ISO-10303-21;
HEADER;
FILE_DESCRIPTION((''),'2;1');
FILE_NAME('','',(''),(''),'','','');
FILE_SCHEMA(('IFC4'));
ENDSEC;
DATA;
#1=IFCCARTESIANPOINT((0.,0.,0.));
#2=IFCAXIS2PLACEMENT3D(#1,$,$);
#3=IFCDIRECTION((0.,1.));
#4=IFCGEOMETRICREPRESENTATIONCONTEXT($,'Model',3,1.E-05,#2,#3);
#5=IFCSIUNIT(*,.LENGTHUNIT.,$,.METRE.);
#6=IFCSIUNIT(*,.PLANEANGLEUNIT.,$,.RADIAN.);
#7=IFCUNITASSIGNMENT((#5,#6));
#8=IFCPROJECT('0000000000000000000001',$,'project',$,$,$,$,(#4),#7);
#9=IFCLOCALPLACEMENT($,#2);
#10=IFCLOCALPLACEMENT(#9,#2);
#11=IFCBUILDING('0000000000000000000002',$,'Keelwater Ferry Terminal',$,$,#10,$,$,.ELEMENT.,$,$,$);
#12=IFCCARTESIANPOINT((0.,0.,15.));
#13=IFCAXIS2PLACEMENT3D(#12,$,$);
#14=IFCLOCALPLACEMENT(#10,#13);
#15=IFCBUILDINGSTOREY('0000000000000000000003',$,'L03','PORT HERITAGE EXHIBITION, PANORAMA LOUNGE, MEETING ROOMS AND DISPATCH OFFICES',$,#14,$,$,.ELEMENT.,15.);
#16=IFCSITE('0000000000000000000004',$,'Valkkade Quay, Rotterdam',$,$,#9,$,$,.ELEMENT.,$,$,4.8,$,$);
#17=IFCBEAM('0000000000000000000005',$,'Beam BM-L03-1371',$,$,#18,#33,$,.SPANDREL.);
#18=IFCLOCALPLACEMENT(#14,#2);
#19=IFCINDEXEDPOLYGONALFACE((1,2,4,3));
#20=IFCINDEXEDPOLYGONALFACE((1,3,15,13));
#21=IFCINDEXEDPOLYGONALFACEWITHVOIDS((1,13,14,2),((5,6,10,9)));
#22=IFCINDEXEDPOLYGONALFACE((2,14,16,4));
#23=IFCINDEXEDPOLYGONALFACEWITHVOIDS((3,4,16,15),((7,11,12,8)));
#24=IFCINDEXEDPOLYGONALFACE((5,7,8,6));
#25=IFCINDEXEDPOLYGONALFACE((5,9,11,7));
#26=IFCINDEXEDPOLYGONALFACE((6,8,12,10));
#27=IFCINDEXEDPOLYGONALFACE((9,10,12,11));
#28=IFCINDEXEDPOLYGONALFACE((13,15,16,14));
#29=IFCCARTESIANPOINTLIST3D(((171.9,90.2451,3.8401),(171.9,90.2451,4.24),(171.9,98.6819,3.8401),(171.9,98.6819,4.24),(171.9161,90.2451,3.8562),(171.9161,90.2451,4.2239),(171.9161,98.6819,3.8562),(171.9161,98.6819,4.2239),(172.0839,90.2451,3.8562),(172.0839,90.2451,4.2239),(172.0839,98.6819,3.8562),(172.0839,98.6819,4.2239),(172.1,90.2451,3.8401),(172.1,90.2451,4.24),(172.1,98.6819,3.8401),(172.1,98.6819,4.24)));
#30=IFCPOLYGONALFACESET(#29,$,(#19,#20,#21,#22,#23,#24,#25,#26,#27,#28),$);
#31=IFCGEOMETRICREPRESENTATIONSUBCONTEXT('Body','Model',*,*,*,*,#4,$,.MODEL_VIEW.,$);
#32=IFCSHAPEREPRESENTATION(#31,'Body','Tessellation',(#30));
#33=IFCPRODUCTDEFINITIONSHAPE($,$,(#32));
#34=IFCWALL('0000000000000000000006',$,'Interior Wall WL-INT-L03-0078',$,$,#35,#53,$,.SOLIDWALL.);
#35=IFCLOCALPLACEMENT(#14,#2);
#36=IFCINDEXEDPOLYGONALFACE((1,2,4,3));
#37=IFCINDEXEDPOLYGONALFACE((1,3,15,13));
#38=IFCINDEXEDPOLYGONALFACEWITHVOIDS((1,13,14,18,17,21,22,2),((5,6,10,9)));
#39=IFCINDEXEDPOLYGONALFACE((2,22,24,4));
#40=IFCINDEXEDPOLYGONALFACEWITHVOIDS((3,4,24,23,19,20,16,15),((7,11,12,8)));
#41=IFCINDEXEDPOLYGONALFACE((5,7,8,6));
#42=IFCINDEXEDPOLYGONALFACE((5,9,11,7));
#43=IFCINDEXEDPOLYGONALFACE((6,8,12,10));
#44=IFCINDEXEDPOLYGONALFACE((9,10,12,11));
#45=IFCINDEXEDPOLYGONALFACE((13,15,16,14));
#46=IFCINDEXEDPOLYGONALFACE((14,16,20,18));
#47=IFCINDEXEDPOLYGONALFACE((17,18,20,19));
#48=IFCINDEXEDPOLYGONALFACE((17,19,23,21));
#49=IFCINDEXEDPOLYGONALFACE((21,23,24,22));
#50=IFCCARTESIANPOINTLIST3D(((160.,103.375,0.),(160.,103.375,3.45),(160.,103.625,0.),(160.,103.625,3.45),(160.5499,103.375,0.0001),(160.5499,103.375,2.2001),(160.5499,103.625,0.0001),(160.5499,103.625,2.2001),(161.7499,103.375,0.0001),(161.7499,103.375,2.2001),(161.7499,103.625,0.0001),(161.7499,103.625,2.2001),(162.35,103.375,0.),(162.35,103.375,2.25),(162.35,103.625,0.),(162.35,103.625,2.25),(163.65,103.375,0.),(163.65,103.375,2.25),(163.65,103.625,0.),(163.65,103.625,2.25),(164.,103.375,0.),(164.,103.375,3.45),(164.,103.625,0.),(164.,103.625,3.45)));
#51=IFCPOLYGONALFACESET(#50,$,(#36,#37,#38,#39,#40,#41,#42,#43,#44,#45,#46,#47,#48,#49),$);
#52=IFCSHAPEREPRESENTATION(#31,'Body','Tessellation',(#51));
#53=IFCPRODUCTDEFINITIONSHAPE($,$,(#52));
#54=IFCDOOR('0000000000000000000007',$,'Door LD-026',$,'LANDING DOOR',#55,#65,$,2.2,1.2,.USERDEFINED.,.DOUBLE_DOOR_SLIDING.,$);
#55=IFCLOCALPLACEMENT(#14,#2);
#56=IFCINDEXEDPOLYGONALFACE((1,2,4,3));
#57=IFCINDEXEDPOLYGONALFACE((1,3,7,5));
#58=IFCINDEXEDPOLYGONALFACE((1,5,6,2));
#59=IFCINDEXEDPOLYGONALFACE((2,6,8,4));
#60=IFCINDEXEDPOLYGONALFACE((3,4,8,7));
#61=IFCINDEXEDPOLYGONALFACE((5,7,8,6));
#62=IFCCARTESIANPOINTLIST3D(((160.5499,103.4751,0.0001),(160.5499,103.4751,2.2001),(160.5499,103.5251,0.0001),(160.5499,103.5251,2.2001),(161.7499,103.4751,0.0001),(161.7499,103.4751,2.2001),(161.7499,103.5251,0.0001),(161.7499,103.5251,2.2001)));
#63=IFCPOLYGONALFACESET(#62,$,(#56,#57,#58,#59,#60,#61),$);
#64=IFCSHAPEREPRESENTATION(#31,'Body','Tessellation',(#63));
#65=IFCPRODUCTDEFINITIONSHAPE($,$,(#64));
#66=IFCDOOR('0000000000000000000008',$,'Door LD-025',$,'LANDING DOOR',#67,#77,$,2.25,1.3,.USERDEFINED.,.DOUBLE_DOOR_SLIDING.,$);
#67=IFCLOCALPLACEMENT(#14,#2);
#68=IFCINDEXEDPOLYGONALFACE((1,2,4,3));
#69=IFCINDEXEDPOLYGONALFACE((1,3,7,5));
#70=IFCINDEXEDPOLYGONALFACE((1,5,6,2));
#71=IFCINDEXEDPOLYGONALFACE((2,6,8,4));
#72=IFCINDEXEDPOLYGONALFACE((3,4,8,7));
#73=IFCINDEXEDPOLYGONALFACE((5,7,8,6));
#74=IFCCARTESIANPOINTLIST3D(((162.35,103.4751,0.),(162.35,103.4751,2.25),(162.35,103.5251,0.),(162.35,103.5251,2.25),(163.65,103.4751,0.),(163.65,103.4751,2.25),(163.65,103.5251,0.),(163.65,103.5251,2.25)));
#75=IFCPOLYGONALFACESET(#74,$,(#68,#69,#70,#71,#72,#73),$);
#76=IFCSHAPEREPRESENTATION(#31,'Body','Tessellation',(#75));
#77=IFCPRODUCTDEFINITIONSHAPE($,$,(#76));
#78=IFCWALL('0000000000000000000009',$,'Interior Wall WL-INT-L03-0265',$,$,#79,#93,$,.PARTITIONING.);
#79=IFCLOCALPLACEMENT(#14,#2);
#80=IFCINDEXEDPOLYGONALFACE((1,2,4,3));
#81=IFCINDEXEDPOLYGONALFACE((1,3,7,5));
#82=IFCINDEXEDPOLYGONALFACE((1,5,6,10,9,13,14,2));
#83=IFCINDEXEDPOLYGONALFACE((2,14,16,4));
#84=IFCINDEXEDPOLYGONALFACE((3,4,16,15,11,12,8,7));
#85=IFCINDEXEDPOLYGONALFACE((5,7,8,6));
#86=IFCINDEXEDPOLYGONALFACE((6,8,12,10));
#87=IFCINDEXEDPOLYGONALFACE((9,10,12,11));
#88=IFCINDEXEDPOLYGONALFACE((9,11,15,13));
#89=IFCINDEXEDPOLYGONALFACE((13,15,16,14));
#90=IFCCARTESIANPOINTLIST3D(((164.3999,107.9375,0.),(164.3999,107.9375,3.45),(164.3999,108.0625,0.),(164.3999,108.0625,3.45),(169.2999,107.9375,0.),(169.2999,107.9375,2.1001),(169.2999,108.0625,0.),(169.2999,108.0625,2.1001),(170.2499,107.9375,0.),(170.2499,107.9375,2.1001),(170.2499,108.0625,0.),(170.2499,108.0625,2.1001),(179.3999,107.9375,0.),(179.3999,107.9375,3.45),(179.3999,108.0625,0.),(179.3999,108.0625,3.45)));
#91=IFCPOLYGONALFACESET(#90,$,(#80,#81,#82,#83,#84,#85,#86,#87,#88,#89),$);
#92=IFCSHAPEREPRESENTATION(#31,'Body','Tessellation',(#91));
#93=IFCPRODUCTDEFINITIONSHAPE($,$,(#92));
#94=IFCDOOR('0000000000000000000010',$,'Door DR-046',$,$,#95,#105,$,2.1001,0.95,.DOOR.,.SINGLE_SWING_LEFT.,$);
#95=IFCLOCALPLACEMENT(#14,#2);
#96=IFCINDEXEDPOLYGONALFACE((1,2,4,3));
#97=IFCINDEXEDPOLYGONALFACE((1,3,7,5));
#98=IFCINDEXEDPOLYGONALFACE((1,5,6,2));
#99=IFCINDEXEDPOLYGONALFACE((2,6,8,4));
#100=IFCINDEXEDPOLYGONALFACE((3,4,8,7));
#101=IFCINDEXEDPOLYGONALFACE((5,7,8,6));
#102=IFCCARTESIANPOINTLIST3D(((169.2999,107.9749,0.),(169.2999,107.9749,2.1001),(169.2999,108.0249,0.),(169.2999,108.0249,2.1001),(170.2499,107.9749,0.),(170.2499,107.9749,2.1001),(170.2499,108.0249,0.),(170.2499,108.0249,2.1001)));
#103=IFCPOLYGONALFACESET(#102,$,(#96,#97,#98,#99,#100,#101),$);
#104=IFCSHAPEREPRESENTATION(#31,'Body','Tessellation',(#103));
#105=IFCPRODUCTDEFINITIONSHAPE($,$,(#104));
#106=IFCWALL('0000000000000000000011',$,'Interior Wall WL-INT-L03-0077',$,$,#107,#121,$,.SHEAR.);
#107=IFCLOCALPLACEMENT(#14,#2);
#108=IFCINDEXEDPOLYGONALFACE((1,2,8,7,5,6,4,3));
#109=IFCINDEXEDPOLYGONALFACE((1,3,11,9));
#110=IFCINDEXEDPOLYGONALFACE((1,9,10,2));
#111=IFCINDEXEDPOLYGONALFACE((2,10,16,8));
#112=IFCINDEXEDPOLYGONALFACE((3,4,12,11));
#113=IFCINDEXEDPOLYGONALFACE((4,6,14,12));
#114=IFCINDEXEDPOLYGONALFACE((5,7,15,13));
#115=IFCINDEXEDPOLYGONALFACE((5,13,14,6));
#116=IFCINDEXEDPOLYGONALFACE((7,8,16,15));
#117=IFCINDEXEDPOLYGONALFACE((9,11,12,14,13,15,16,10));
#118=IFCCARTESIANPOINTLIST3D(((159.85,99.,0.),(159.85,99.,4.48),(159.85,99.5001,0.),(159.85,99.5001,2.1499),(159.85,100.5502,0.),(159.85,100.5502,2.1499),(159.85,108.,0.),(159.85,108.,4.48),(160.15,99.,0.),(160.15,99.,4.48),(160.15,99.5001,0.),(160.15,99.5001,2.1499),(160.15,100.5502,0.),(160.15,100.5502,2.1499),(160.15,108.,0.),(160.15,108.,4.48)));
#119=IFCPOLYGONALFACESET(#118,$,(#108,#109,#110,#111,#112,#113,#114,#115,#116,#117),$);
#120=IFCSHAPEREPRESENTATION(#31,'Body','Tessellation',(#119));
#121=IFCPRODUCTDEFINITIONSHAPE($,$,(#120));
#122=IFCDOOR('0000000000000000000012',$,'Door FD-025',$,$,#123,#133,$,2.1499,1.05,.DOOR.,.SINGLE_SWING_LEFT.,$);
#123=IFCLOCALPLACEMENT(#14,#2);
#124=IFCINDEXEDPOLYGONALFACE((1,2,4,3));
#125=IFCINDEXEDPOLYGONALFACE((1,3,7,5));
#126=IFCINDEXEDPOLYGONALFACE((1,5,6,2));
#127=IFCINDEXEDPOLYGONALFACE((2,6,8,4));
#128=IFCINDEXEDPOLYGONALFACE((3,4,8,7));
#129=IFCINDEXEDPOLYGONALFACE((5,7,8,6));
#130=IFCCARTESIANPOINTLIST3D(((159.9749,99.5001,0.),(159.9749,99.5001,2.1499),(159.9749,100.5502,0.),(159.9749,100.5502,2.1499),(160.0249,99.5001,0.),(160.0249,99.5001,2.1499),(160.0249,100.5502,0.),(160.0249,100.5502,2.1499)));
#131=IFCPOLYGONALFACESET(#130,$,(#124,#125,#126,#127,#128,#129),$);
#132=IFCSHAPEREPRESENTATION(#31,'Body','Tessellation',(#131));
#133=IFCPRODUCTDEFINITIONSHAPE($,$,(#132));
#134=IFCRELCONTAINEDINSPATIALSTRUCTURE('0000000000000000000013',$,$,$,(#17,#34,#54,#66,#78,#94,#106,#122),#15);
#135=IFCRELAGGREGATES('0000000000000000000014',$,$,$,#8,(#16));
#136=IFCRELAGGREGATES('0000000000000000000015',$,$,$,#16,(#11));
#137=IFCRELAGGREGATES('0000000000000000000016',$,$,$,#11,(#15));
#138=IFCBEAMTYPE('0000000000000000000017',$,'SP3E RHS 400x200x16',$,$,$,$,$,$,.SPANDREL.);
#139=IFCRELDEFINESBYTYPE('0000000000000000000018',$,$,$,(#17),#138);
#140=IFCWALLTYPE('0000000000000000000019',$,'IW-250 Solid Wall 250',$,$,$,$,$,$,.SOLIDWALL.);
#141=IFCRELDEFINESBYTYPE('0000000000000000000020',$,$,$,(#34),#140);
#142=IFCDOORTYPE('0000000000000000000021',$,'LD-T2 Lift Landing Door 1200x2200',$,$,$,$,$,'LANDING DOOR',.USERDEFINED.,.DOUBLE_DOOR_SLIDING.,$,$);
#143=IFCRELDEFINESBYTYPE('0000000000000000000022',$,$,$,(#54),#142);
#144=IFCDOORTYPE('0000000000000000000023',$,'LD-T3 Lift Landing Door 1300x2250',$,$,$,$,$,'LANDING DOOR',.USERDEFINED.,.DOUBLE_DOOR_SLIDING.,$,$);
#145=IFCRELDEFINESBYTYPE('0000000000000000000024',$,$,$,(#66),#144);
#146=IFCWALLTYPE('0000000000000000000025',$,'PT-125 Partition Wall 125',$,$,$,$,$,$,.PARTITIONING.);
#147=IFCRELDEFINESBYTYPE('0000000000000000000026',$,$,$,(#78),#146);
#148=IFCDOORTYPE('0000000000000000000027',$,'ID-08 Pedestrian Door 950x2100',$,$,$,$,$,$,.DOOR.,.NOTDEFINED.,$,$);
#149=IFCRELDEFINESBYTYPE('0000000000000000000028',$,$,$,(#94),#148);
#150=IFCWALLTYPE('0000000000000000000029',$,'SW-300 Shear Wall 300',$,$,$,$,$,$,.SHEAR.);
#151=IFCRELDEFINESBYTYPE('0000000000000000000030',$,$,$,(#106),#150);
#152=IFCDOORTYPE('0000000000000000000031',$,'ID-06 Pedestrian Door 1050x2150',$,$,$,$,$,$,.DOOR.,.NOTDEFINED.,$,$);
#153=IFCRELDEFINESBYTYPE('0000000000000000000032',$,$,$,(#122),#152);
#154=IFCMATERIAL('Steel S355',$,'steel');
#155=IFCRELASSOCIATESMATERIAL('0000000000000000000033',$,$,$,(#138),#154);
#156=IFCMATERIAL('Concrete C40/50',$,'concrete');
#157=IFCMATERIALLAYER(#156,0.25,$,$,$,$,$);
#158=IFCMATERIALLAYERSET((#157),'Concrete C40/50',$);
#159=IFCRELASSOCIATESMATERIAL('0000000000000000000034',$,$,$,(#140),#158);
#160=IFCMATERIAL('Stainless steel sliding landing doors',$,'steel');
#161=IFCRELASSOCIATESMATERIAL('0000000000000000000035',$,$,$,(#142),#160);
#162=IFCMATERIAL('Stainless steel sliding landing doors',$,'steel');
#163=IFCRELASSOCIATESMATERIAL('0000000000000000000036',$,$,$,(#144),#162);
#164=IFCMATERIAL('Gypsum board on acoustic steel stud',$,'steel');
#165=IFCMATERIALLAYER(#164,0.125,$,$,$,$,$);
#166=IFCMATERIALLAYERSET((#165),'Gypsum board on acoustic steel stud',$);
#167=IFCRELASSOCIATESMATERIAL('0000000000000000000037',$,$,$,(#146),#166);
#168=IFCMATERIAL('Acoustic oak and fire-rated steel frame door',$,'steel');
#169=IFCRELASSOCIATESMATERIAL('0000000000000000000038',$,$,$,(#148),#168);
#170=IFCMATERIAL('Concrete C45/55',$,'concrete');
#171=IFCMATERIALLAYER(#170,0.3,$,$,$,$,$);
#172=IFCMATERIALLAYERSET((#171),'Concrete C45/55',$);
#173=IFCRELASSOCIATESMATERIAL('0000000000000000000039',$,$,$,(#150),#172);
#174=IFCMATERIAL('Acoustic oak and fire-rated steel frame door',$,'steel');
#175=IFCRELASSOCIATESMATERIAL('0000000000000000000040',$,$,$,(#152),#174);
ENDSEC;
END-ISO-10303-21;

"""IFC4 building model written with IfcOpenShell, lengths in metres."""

from ifc_helpers import new_model, si_unit, direction, frame, frame_2d, origin, origin_2d, place, context, subcontext, project, spatial, rectangle, hollow_rectangle, extrude, material, layer, layer_set, material_profile, profile_set, type_object, element, fill, save


model = new_model("IFC4")

# Units and contexts
model_context = context("Model", 3, precision=1e-05, world=origin(), true_north=direction((0.0, 1.0)))
body_context = subcontext(model_context, "Body", "Model", "MODEL_VIEW")
ifc_project = project(units=[si_unit("LENGTHUNIT", "METRE"), si_unit("PLANEANGLEUNIT", "RADIAN")], contexts=[model_context])

# Site, building, storey
site_placement = place(None, origin())
site = spatial("IfcSite", under=ifc_project, at=site_placement, Name="Valkkade Quay, Rotterdam", CompositionType="ELEMENT", RefElevation=4.8)
building_placement = place(site_placement, origin())
building = spatial("IfcBuilding", under=site, at=building_placement, Name="Keelwater Ferry Terminal", CompositionType="ELEMENT")
storey_placement = place(building_placement, frame((0.0, 0.0, 15.0)))
storey = spatial("IfcBuildingStorey", under=building, at=storey_placement, Name="L03", Description="PORT HERITAGE EXHIBITION, PANORAMA LOUNGE, MEETING ROOMS AND DISPATCH OFFICES", CompositionType="ELEMENT", Elevation=15.0)

# Beam
ifc_material_1 = material(Name="Steel S355", Category="steel")
ifc_material_profile_1 = material_profile(ifc_material_1, hollow_rectangle(XDim=0.2, YDim=0.3999, WallThickness=0.0161, at=origin_2d()), Name="RHS 400x200x16")
ifc_profile_set_1 = profile_set([ifc_material_profile_1], Name="Steel S355")
beam_type_1 = type_object("IfcBeamType", Name="SP3E RHS 400x200x16", PredefinedType="SPANDREL", material=ifc_profile_set_1)
beam_1_placement = place(storey_placement, frame((172.0, 90.2451, 4.04), z_axis=(0.0, 1.0, 0.0), x_axis=(-1.0, 0.0, 0.0)))
element("IfcBeam", 1, at=beam_1_placement, inside=storey, type_object=beam_type_1, Name="Beam BM-L03-1371", PredefinedType="SPANDREL", context=body_context, shape_type="SweptSolid", body=[
    extrude(hollow_rectangle(XDim=0.2, YDim=0.3999, WallThickness=0.0161, at=origin_2d()), origin(), (0.0, 0.0, 1.0), 8.4368),
])

# Wall, openings, doors
ifc_material_2 = material(Name="Concrete C40/50", Category="concrete")
ifc_layer_1 = layer(ifc_material_2, 0.25)
ifc_layer_set_1 = layer_set([ifc_layer_1], Name="Concrete C40/50")
wall_type_1 = type_object("IfcWallType", Name="IW-250 Solid Wall 250", PredefinedType="SOLIDWALL", material=ifc_layer_set_1)
wall_1_placement = place(storey_placement, frame((164.0, 103.5, 0.0), z_axis=(0.0, 0.0, 1.0), x_axis=(-1.0, 0.0, 0.0)))
wall_1 = element("IfcWall", 2, at=wall_1_placement, inside=storey, type_object=wall_type_1, Name="Interior Wall WL-INT-L03-0078", PredefinedType="SOLIDWALL", context=body_context, shape_type="SweptSolid", body=[
    extrude(rectangle(XDim=4.0, YDim=0.25, at=frame_2d((2.0, 0.0))), origin(), (0.0, 0.0, 1.0), 3.45),
])
opening_1_placement = place(wall_1_placement, frame((0.3501, 0.0, 0.0)))
opening_1 = element("IfcOpeningElement", 3, at=opening_1_placement, cuts=wall_1, PredefinedType="OPENING", context=body_context, shape_type="SweptSolid", body=[
    extrude(rectangle(XDim=1.3, YDim=2.25, at=frame_2d((0.6499, 1.125))), frame((0.0, 0.135, 0.0), z_axis=(0.0, -1.0, 0.0), x_axis=(1.0, 0.0, 0.0)), (0.0, 0.0, 1.0), 0.27),
])
opening_2_placement = place(wall_1_placement, frame((2.25, 0.0, 0.0)))
opening_2 = element("IfcOpeningElement", 4, at=opening_2_placement, cuts=wall_1, PredefinedType="OPENING", context=body_context, shape_type="SweptSolid", body=[
    extrude(rectangle(XDim=1.2, YDim=2.2, at=frame_2d((0.6001, 1.1001))), frame((0.0, 0.135, 0.0), z_axis=(0.0, -1.0, 0.0), x_axis=(1.0, 0.0, 0.0)), (0.0, 0.0, 1.0), 0.27),
])
ifc_material_3 = material(Name="Stainless steel sliding landing doors", Category="steel")
door_type_1 = type_object("IfcDoorType", Name="LD-T2 Lift Landing Door 1200x2200", ElementType="LANDING DOOR", OperationType="DOUBLE_DOOR_SLIDING", PredefinedType="USERDEFINED", material=ifc_material_3)
door_1_placement = place(opening_2_placement, origin())
door_1 = element("IfcDoor", 5, at=door_1_placement, inside=storey, type_object=door_type_1, Name="Door LD-026", ObjectType="LANDING DOOR", OperationType="DOUBLE_DOOR_SLIDING", OverallHeight=2.2, OverallWidth=1.2, PredefinedType="USERDEFINED", context=body_context, shape_type="SweptSolid", body=[
    extrude(rectangle(XDim=1.2, YDim=2.2, at=frame_2d((0.6001, 1.1001))), frame((0.0, 0.0249, 0.0), z_axis=(0.0, -1.0, 0.0), x_axis=(1.0, 0.0, 0.0)), (0.0, 0.0, 1.0), 0.05),
])
fill(opening_2, door_1)
ifc_material_4 = material(Name="Stainless steel sliding landing doors", Category="steel")
door_type_2 = type_object("IfcDoorType", Name="LD-T3 Lift Landing Door 1300x2250", ElementType="LANDING DOOR", OperationType="DOUBLE_DOOR_SLIDING", PredefinedType="USERDEFINED", material=ifc_material_4)
door_2_placement = place(opening_1_placement, origin())
door_2 = element("IfcDoor", 6, at=door_2_placement, inside=storey, type_object=door_type_2, Name="Door LD-025", ObjectType="LANDING DOOR", OperationType="DOUBLE_DOOR_SLIDING", OverallHeight=2.25, OverallWidth=1.3, PredefinedType="USERDEFINED", context=body_context, shape_type="SweptSolid", body=[
    extrude(rectangle(XDim=1.3, YDim=2.25, at=frame_2d((0.6499, 1.125))), frame((0.0, 0.0249, 0.0), z_axis=(0.0, -1.0, 0.0), x_axis=(1.0, 0.0, 0.0)), (0.0, 0.0, 1.0), 0.05),
])
fill(opening_1, door_2)

# Walls, openings, doors
ifc_material_5 = material(Name="Gypsum board on acoustic steel stud", Category="steel")
ifc_layer_2 = layer(ifc_material_5, 0.125)
ifc_layer_set_2 = layer_set([ifc_layer_2], Name="Gypsum board on acoustic steel stud")
wall_type_2 = type_object("IfcWallType", Name="PT-125 Partition Wall 125", PredefinedType="PARTITIONING", material=ifc_layer_set_2)
wall_2_placement = place(storey_placement, frame((164.3999, 108.0, 0.0), z_axis=(0.0, 0.0, 1.0), x_axis=(1.0, 0.0, 0.0)))
wall_2 = element("IfcWall", 7, at=wall_2_placement, inside=storey, type_object=wall_type_2, Name="Interior Wall WL-INT-L03-0265", PredefinedType="PARTITIONING", context=body_context, shape_type="SweptSolid", body=[
    extrude(rectangle(XDim=15.0, YDim=0.125, at=frame_2d((7.5, 0.0))), origin(), (0.0, 0.0, 1.0), 3.45),
])
opening_3_placement = place(wall_2_placement, frame((4.8999, 0.0, 0.0)))
opening_3 = element("IfcOpeningElement", 8, at=opening_3_placement, cuts=wall_2, PredefinedType="OPENING", context=body_context, shape_type="SweptSolid", body=[
    extrude(rectangle(XDim=0.95, YDim=2.1001, at=frame_2d((0.4751, 1.05))), frame((0.0, 0.0725, 0.0), z_axis=(0.0, -1.0, 0.0), x_axis=(1.0, 0.0, 0.0)), (0.0, 0.0, 1.0), 0.145),
])
ifc_material_6 = material(Name="Acoustic oak and fire-rated steel frame door", Category="steel")
door_type_3 = type_object("IfcDoorType", Name="ID-08 Pedestrian Door 950x2100", OperationType="NOTDEFINED", PredefinedType="DOOR", material=ifc_material_6)
door_3_placement = place(opening_3_placement, origin())
door_3 = element("IfcDoor", 9, at=door_3_placement, inside=storey, type_object=door_type_3, Name="Door DR-046", OperationType="SINGLE_SWING_LEFT", OverallHeight=2.1001, OverallWidth=0.95, PredefinedType="DOOR", context=body_context, shape_type="SweptSolid", body=[
    extrude(rectangle(XDim=0.95, YDim=2.1001, at=frame_2d((0.4751, 1.05))), frame((0.0, 0.0249, 0.0), z_axis=(0.0, -1.0, 0.0), x_axis=(1.0, 0.0, 0.0)), (0.0, 0.0, 1.0), 0.05),
])
fill(opening_3, door_3)
ifc_material_7 = material(Name="Concrete C45/55", Category="concrete")
ifc_layer_3 = layer(ifc_material_7, 0.3)
ifc_layer_set_3 = layer_set([ifc_layer_3], Name="Concrete C45/55")
wall_type_3 = type_object("IfcWallType", Name="SW-300 Shear Wall 300", PredefinedType="SHEAR", material=ifc_layer_set_3)
wall_3_placement = place(storey_placement, frame((160.0, 108.0, 0.0), z_axis=(0.0, 0.0, 1.0), x_axis=(0.0, -1.0, 0.0)))
wall_3 = element("IfcWall", 10, at=wall_3_placement, inside=storey, type_object=wall_type_3, Name="Interior Wall WL-INT-L03-0077", PredefinedType="SHEAR", context=body_context, shape_type="SweptSolid", body=[
    extrude(rectangle(XDim=9.0, YDim=0.3, at=frame_2d((4.5, 0.0))), origin(), (0.0, 0.0, 1.0), 4.48),
])
opening_4_placement = place(wall_3_placement, frame((7.45, 0.0, 0.0)))
opening_4 = element("IfcOpeningElement", 11, at=opening_4_placement, cuts=wall_3, PredefinedType="OPENING", context=body_context, shape_type="SweptSolid", body=[
    extrude(rectangle(XDim=1.05, YDim=2.1499, at=frame_2d((0.5249, 1.075))), frame((0.0, 0.1599, 0.0), z_axis=(0.0, -1.0, 0.0), x_axis=(1.0, 0.0, 0.0)), (0.0, 0.0, 1.0), 0.3201),
])
ifc_material_8 = material(Name="Acoustic oak and fire-rated steel frame door", Category="steel")
door_type_4 = type_object("IfcDoorType", Name="ID-06 Pedestrian Door 1050x2150", OperationType="NOTDEFINED", PredefinedType="DOOR", material=ifc_material_8)
door_4_placement = place(opening_4_placement, origin())
door_4 = element("IfcDoor", 12, at=door_4_placement, inside=storey, type_object=door_type_4, Name="Door FD-025", OperationType="SINGLE_SWING_LEFT", OverallHeight=2.1499, OverallWidth=1.05, PredefinedType="DOOR", context=body_context, shape_type="SweptSolid", body=[
    extrude(rectangle(XDim=1.05, YDim=2.1499, at=frame_2d((0.5249, 1.075))), frame((0.0, 0.0249, 0.0), z_axis=(0.0, -1.0, 0.0), x_axis=(1.0, 0.0, 0.0)), (0.0, 0.0, 1.0), 0.05),
])
fill(opening_4, door_4)

save(model, "model.ifc")
